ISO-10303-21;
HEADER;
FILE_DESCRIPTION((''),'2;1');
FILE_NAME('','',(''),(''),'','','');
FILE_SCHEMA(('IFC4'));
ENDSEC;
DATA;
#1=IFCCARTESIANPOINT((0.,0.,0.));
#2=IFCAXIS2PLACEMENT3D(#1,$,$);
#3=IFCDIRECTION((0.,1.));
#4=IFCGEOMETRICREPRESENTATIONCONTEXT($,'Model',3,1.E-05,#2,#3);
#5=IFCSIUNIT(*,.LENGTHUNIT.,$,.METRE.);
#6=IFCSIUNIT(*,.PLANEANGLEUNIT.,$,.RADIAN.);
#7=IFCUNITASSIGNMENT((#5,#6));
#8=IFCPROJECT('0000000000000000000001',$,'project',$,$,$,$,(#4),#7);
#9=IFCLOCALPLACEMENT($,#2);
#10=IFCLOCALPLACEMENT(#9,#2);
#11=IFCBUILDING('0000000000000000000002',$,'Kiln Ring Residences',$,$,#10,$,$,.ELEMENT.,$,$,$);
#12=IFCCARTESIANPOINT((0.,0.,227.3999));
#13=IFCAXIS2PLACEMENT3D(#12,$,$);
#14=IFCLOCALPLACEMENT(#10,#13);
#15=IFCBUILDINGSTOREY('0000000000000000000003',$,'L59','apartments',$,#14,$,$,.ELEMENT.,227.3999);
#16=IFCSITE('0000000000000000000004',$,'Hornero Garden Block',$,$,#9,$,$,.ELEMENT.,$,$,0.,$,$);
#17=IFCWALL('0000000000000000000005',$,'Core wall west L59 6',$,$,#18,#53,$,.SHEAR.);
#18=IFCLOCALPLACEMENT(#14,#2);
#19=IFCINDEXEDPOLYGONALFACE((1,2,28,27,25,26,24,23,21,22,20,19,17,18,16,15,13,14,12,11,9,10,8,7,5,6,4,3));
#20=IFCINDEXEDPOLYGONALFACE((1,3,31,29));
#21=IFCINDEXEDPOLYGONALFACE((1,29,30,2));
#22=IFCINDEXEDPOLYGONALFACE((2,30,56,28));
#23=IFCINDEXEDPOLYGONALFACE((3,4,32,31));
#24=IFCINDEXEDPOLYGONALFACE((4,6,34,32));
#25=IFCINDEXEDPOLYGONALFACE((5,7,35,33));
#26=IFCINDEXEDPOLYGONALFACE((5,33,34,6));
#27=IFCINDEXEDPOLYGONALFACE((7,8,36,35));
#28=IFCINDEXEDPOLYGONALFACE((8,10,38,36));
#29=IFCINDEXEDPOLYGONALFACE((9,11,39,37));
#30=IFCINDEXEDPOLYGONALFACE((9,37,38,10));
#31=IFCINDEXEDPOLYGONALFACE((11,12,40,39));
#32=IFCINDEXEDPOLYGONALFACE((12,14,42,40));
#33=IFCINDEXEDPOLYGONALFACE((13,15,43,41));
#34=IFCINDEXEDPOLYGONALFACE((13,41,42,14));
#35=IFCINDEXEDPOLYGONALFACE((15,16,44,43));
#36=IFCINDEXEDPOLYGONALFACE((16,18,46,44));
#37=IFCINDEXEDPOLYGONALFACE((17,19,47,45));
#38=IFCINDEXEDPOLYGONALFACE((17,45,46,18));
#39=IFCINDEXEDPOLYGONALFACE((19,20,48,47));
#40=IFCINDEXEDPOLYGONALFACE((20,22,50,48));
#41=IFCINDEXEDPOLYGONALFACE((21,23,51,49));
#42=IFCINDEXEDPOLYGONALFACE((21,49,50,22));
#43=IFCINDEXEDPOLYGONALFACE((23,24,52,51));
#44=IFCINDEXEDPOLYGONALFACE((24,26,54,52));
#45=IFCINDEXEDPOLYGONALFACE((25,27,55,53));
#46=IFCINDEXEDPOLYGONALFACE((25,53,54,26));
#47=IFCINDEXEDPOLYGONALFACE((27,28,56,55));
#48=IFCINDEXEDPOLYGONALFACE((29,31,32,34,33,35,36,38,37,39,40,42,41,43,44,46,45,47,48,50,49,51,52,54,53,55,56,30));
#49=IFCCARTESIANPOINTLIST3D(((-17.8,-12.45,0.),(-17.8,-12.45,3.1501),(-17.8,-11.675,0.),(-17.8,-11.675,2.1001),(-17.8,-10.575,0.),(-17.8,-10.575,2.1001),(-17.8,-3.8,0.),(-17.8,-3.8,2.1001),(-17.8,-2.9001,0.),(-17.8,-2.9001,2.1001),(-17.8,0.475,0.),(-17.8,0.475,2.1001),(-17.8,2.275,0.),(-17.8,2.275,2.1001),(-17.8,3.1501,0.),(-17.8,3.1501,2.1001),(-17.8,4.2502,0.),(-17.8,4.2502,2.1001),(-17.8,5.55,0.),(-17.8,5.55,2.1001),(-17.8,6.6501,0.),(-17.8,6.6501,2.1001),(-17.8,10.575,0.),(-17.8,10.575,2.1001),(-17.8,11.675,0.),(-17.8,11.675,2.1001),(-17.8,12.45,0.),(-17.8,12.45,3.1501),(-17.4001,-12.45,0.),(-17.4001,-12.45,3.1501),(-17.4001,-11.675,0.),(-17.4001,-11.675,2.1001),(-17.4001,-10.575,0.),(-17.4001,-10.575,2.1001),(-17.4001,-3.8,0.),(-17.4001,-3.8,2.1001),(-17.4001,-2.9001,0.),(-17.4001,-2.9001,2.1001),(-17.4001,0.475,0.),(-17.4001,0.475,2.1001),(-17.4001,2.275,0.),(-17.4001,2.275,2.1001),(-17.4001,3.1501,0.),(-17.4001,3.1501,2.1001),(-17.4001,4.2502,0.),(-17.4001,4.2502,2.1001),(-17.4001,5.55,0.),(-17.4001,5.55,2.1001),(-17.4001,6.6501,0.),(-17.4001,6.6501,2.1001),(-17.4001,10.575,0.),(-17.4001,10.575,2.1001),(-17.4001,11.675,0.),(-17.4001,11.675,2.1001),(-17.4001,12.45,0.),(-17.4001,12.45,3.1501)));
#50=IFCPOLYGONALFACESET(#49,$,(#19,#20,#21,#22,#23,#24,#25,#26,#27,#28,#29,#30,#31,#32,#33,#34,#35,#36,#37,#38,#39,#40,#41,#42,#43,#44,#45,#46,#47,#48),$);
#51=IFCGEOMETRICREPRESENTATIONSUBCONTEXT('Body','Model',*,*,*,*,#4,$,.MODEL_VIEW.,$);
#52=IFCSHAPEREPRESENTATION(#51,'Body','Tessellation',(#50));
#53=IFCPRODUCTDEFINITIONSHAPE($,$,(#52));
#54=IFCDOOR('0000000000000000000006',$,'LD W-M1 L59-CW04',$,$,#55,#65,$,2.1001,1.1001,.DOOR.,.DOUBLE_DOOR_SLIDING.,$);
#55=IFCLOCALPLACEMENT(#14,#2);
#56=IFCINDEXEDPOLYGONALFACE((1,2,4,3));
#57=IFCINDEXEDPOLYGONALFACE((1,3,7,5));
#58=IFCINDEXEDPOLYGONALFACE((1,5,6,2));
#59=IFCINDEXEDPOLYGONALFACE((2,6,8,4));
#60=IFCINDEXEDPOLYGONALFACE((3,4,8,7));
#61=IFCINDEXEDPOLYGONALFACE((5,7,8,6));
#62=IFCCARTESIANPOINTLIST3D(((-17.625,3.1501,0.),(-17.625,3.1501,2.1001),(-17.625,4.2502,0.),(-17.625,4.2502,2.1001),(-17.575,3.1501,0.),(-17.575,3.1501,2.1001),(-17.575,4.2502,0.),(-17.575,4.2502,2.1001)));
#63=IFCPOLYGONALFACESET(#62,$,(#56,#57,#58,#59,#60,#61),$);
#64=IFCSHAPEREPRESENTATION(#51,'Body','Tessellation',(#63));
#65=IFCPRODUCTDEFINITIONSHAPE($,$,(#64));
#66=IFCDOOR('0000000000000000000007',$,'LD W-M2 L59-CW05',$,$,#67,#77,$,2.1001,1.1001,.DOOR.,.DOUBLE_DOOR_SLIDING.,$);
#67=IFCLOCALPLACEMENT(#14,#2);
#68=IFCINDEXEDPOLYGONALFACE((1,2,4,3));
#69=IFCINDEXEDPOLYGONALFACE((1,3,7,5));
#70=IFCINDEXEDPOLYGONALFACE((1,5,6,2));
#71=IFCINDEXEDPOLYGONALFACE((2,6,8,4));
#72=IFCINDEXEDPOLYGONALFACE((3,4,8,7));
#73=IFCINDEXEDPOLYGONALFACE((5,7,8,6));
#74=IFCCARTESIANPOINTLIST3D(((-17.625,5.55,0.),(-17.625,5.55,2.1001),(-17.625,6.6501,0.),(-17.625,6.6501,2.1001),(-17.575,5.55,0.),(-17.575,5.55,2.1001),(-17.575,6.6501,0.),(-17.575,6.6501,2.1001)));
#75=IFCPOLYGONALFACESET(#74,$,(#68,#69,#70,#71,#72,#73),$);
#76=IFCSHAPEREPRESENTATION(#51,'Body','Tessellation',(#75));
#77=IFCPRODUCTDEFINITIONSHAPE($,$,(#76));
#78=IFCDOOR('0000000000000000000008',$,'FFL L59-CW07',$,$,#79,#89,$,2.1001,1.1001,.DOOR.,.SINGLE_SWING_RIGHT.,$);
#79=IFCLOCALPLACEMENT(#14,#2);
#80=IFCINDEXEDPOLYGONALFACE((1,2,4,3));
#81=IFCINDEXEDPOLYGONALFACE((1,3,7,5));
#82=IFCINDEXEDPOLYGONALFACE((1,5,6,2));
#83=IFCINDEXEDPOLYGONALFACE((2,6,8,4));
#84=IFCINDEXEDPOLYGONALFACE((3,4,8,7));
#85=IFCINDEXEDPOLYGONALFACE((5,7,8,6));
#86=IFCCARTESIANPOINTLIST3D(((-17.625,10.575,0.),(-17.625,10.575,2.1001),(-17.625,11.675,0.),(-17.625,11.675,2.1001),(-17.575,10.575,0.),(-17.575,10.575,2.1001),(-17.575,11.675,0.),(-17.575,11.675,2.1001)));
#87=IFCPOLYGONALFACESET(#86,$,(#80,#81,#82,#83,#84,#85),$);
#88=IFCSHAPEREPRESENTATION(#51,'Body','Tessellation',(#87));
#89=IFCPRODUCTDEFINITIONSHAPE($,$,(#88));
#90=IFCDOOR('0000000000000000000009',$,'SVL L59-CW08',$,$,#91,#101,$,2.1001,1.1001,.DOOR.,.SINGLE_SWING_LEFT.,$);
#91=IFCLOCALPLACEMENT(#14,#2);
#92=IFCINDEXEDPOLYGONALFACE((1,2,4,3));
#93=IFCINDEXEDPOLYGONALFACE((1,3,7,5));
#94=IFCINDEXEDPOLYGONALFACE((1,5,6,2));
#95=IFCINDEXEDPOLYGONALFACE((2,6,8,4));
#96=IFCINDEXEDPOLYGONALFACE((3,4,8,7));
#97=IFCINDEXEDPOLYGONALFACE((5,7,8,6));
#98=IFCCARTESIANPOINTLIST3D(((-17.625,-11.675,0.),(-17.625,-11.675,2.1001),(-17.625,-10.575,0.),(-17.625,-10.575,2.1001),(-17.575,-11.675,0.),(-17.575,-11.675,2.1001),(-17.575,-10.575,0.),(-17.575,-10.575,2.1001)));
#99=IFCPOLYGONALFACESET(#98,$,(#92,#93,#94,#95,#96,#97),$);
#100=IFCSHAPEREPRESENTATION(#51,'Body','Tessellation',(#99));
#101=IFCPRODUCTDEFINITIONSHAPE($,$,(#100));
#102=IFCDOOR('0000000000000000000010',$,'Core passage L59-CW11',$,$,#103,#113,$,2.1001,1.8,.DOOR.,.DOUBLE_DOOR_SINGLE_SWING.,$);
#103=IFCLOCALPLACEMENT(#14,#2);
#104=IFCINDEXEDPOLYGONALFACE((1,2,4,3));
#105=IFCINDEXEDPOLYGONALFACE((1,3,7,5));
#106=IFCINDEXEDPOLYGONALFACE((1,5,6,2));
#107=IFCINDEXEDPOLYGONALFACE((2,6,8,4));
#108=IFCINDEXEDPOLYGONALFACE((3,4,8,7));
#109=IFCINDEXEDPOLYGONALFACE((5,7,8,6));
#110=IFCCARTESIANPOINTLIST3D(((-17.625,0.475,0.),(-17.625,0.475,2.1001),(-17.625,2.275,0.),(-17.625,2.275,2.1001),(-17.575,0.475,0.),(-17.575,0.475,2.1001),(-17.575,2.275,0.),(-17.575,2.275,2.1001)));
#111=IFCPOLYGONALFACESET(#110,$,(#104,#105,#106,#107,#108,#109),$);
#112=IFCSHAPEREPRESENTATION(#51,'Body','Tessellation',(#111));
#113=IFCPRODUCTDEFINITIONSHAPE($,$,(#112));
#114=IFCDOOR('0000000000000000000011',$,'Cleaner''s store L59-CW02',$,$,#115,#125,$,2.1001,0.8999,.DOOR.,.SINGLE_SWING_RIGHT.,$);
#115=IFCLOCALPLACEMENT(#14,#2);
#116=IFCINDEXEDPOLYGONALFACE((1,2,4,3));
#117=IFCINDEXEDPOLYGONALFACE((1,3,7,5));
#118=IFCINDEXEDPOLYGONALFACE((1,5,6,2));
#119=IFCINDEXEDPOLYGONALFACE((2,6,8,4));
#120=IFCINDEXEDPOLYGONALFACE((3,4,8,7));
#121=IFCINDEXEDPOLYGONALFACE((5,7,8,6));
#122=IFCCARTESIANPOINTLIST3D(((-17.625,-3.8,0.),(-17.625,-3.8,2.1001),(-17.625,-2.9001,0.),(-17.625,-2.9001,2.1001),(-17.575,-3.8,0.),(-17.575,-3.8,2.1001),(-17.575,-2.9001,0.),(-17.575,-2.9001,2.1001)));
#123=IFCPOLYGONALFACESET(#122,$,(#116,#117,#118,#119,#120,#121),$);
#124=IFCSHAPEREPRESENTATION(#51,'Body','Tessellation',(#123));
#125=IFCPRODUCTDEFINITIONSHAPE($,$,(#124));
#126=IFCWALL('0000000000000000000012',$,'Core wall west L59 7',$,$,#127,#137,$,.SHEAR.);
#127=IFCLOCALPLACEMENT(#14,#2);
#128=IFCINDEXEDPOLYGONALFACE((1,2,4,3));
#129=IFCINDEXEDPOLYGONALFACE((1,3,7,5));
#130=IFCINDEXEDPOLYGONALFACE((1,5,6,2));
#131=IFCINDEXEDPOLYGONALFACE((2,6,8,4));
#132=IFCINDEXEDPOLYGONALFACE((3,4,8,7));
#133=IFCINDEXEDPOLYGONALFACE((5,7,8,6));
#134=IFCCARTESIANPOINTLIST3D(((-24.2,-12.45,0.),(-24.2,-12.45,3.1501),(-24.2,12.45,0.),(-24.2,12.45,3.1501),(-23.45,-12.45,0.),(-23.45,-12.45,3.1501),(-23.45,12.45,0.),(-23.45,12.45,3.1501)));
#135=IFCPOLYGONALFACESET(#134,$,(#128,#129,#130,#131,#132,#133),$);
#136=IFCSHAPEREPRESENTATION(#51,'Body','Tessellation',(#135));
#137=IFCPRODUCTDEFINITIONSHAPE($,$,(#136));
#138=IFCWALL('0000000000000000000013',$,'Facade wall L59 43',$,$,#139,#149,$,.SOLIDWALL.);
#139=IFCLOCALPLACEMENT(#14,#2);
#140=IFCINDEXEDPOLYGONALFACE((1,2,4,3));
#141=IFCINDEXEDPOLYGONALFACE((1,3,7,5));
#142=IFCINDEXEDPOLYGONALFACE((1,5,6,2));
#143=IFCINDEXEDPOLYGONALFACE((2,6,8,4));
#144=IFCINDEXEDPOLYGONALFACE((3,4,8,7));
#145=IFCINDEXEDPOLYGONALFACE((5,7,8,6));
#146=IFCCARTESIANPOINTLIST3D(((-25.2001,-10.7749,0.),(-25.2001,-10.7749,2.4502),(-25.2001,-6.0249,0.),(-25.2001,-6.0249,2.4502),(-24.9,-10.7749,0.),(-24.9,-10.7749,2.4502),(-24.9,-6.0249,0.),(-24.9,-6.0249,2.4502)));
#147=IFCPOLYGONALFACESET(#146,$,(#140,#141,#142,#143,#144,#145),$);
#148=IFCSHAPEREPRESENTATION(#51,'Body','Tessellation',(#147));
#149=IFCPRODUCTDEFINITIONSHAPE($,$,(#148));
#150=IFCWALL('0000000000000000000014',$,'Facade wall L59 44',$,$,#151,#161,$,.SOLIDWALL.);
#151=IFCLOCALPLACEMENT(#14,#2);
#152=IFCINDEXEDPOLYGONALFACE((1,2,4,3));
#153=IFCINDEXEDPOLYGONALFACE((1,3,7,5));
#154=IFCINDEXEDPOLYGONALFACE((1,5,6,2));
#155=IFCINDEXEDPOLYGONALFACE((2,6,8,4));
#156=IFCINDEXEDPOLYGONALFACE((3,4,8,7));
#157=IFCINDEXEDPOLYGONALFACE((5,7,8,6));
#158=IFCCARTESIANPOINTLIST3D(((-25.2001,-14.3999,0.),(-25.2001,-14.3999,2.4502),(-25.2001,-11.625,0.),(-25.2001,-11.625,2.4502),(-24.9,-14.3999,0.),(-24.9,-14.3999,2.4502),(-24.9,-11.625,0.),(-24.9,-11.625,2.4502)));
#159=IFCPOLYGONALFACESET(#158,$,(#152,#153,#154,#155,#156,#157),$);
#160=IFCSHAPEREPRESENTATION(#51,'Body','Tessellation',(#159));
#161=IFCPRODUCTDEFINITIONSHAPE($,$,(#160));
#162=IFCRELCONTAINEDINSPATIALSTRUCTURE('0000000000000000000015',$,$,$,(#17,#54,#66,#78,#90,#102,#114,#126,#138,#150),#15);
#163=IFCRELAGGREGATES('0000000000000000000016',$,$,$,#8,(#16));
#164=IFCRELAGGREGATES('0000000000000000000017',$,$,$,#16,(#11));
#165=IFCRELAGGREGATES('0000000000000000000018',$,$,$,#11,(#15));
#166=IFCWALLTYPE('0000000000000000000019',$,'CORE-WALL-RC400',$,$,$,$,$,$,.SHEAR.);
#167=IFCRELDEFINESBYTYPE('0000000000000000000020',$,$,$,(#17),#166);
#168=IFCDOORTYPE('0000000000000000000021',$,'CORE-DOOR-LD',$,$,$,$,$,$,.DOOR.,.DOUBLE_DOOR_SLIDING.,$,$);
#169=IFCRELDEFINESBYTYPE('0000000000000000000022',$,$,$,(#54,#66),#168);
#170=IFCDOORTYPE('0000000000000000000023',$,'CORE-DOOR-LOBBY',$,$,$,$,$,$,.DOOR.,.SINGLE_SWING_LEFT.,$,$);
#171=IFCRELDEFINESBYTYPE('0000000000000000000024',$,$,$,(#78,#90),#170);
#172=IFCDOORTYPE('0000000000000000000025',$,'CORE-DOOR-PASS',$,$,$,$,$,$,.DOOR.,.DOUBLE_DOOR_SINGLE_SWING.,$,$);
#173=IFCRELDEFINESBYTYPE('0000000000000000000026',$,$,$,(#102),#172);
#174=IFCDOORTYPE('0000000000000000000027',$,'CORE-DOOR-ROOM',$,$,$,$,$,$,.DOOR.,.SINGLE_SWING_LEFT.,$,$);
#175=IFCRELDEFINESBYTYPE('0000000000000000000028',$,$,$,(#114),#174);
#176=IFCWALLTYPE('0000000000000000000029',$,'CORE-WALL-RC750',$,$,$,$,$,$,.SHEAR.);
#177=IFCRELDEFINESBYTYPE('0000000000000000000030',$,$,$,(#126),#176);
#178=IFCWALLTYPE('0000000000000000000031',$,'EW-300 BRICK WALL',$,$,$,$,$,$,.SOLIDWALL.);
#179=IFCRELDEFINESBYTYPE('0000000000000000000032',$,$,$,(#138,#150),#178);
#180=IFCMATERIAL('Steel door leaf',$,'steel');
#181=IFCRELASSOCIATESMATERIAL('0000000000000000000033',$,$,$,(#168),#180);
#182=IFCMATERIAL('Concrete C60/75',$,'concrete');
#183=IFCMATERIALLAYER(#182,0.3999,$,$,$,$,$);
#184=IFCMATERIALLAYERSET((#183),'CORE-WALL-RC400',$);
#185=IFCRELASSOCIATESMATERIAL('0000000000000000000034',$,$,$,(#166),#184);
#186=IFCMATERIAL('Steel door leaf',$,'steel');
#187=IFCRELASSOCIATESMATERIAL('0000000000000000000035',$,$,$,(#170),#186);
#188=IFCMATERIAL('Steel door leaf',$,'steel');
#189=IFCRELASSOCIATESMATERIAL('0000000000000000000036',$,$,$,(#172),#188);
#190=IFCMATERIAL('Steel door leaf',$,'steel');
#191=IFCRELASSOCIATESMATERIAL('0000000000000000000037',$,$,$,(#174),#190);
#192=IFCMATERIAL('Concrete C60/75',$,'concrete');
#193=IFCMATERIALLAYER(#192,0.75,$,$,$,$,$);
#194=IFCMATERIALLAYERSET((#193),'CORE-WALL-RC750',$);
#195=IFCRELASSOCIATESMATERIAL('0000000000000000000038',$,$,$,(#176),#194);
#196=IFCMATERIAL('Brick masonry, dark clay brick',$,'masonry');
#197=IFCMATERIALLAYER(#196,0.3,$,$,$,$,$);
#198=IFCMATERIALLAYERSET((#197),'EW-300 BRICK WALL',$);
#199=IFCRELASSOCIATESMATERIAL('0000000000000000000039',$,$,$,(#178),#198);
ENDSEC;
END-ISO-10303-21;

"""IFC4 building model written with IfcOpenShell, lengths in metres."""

from ifc_helpers import new_model, si_unit, direction, frame, frame_2d, origin, place, context, subcontext, project, spatial, rectangle, extrude, material, layer, layer_set, type_object, element, fill, save


model = new_model("IFC4")

# Units and contexts
model_context = context("Model", 3, precision=1e-05, world=origin(), true_north=direction((0.0, 1.0)))
body_context = subcontext(model_context, "Body", "Model", "MODEL_VIEW")
ifc_project = project(units=[si_unit("LENGTHUNIT", "METRE"), si_unit("PLANEANGLEUNIT", "RADIAN")], contexts=[model_context])

# Site, building, storey
site_placement = place(None, origin())
site = spatial("IfcSite", under=ifc_project, at=site_placement, Name="Hornero Garden Block", CompositionType="ELEMENT", RefElevation=0.0)
building_placement = place(site_placement, origin())
building = spatial("IfcBuilding", under=site, at=building_placement, Name="Kiln Ring Residences", CompositionType="ELEMENT")
storey_placement = place(building_placement, frame((0.0, 0.0, 227.3999)))
storey = spatial("IfcBuildingStorey", under=building, at=storey_placement, Name="L59", Description="apartments", CompositionType="ELEMENT", Elevation=227.3999)

# Wall, openings, doors
ifc_material_1 = material(Name="Steel door leaf", Category="steel")
door_type_1 = type_object("IfcDoorType", Name="CORE-DOOR-LD", OperationType="DOUBLE_DOOR_SLIDING", PredefinedType="DOOR", material=ifc_material_1)
ifc_material_2 = material(Name="Concrete C60/75", Category="concrete")
ifc_layer_1 = layer(ifc_material_2, 0.3999)
ifc_layer_set_1 = layer_set([ifc_layer_1], Name="CORE-WALL-RC400")
wall_type_1 = type_object("IfcWallType", Name="CORE-WALL-RC400", PredefinedType="SHEAR", material=ifc_layer_set_1)
wall_1_placement = place(storey_placement, frame((-17.6001, -12.45, 0.0), z_axis=(0.0, 0.0, 1.0), x_axis=(0.0, 1.0, 0.0)))
wall_1 = element("IfcWall", 1, at=wall_1_placement, inside=storey, type_object=wall_type_1, Name="Core wall west L59 6", PredefinedType="SHEAR", context=body_context, shape_type="SweptSolid", body=[
    extrude(rectangle(XDim=24.8999, YDim=0.3999, at=frame_2d((12.45, 0.0))), origin(), (0.0, 0.0, 1.0), 3.1501),
])
opening_1_placement = place(wall_1_placement, frame((8.6499, 0.0, 0.0)))
opening_1 = element("IfcOpeningElement", 2, at=opening_1_placement, cuts=wall_1, PredefinedType="OPENING", context=body_context, shape_type="SweptSolid", body=[
    extrude(rectangle(XDim=0.8999, YDim=2.1001, at=frame_2d((0.45, 1.05))), frame((0.0, 0.21, 0.0), z_axis=(0.0, -1.0, 0.0), x_axis=(1.0, 0.0, 0.0)), (0.0, 0.0, 1.0), 0.4199),
])
opening_2_placement = place(wall_1_placement, frame((15.6001, 0.0, 0.0)))
opening_2 = element("IfcOpeningElement", 3, at=opening_2_placement, cuts=wall_1, PredefinedType="OPENING", context=body_context, shape_type="SweptSolid", body=[
    extrude(rectangle(XDim=1.1001, YDim=2.1001, at=frame_2d((0.55, 1.05))), frame((0.0, 0.21, 0.0), z_axis=(0.0, -1.0, 0.0), x_axis=(1.0, 0.0, 0.0)), (0.0, 0.0, 1.0), 0.4199),
])
opening_3_placement = place(wall_1_placement, frame((18.0, 0.0, 0.0)))
opening_3 = element("IfcOpeningElement", 4, at=opening_3_placement, cuts=wall_1, PredefinedType="OPENING", context=body_context, shape_type="SweptSolid", body=[
    extrude(rectangle(XDim=1.1001, YDim=2.1001, at=frame_2d((0.55, 1.05))), frame((0.0, 0.21, 0.0), z_axis=(0.0, -1.0, 0.0), x_axis=(1.0, 0.0, 0.0)), (0.0, 0.0, 1.0), 0.4199),
])
opening_4_placement = place(wall_1_placement, frame((23.0249, 0.0, 0.0)))
opening_4 = element("IfcOpeningElement", 5, at=opening_4_placement, cuts=wall_1, PredefinedType="OPENING", context=body_context, shape_type="SweptSolid", body=[
    extrude(rectangle(XDim=1.1001, YDim=2.1001, at=frame_2d((0.55, 1.05))), frame((0.0, 0.21, 0.0), z_axis=(0.0, -1.0, 0.0), x_axis=(1.0, 0.0, 0.0)), (0.0, 0.0, 1.0), 0.4199),
])
opening_5_placement = place(wall_1_placement, frame((0.7749, 0.0, 0.0)))
opening_5 = element("IfcOpeningElement", 6, at=opening_5_placement, cuts=wall_1, PredefinedType="OPENING", context=body_context, shape_type="SweptSolid", body=[
    extrude(rectangle(XDim=1.1001, YDim=2.1001, at=frame_2d((0.55, 1.05))), frame((0.0, 0.21, 0.0), z_axis=(0.0, -1.0, 0.0), x_axis=(1.0, 0.0, 0.0)), (0.0, 0.0, 1.0), 0.4199),
])
opening_6_placement = place(wall_1_placement, frame((12.925, 0.0, 0.0)))
opening_6 = element("IfcOpeningElement", 7, at=opening_6_placement, cuts=wall_1, PredefinedType="OPENING", context=body_context, shape_type="SweptSolid", body=[
    extrude(rectangle(XDim=1.8, YDim=2.1001, at=frame_2d((0.8999, 1.05))), frame((0.0, 0.21, 0.0), z_axis=(0.0, -1.0, 0.0), x_axis=(1.0, 0.0, 0.0)), (0.0, 0.0, 1.0), 0.4199),
])
door_1_placement = place(opening_2_placement, origin())
door_1 = element("IfcDoor", 8, at=door_1_placement, inside=storey, type_object=door_type_1, Name="LD W-M1 L59-CW04", OperationType="DOUBLE_DOOR_SLIDING", OverallHeight=2.1001, OverallWidth=1.1001, PredefinedType="DOOR", context=body_context, shape_type="SweptSolid", body=[
    extrude(rectangle(XDim=1.1001, YDim=2.1001, at=frame_2d((0.55, 1.05))), frame((0.0, 0.0249, 0.0), z_axis=(0.0, -1.0, 0.0), x_axis=(1.0, 0.0, 0.0)), (0.0, 0.0, 1.0), 0.05),
])
fill(opening_2, door_1)
door_2_placement = place(opening_3_placement, origin())
door_2 = element("IfcDoor", 9, at=door_2_placement, inside=storey, type_object=door_type_1, Name="LD W-M2 L59-CW05", OperationType="DOUBLE_DOOR_SLIDING", OverallHeight=2.1001, OverallWidth=1.1001, PredefinedType="DOOR", context=body_context, shape_type="SweptSolid", body=[
    extrude(rectangle(XDim=1.1001, YDim=2.1001, at=frame_2d((0.55, 1.05))), frame((0.0, 0.0249, 0.0), z_axis=(0.0, -1.0, 0.0), x_axis=(1.0, 0.0, 0.0)), (0.0, 0.0, 1.0), 0.05),
])
fill(opening_3, door_2)
ifc_material_3 = material(Name="Steel door leaf", Category="steel")
door_type_2 = type_object("IfcDoorType", Name="CORE-DOOR-LOBBY", OperationType="SINGLE_SWING_LEFT", PredefinedType="DOOR", material=ifc_material_3)
door_3_placement = place(opening_4_placement, origin())
door_3 = element("IfcDoor", 10, at=door_3_placement, inside=storey, type_object=door_type_2, Name="FFL L59-CW07", OperationType="SINGLE_SWING_RIGHT", OverallHeight=2.1001, OverallWidth=1.1001, PredefinedType="DOOR", context=body_context, shape_type="SweptSolid", body=[
    extrude(rectangle(XDim=1.1001, YDim=2.1001, at=frame_2d((0.55, 1.05))), frame((0.0, 0.0249, 0.0), z_axis=(0.0, -1.0, 0.0), x_axis=(1.0, 0.0, 0.0)), (0.0, 0.0, 1.0), 0.05),
])
fill(opening_4, door_3)
door_4_placement = place(opening_5_placement, origin())
door_4 = element("IfcDoor", 11, at=door_4_placement, inside=storey, type_object=door_type_2, Name="SVL L59-CW08", OperationType="SINGLE_SWING_LEFT", OverallHeight=2.1001, OverallWidth=1.1001, PredefinedType="DOOR", context=body_context, shape_type="SweptSolid", body=[
    extrude(rectangle(XDim=1.1001, YDim=2.1001, at=frame_2d((0.55, 1.05))), frame((0.0, 0.0249, 0.0), z_axis=(0.0, -1.0, 0.0), x_axis=(1.0, 0.0, 0.0)), (0.0, 0.0, 1.0), 0.05),
])
fill(opening_5, door_4)
ifc_material_4 = material(Name="Steel door leaf", Category="steel")
door_type_3 = type_object("IfcDoorType", Name="CORE-DOOR-PASS", OperationType="DOUBLE_DOOR_SINGLE_SWING", PredefinedType="DOOR", material=ifc_material_4)
door_5_placement = place(opening_6_placement, origin())
door_5 = element("IfcDoor", 12, at=door_5_placement, inside=storey, type_object=door_type_3, Name="Core passage L59-CW11", OperationType="DOUBLE_DOOR_SINGLE_SWING", OverallHeight=2.1001, OverallWidth=1.8, PredefinedType="DOOR", context=body_context, shape_type="SweptSolid", body=[
    extrude(rectangle(XDim=1.8, YDim=2.1001, at=frame_2d((0.8999, 1.05))), frame((0.0, 0.0249, 0.0), z_axis=(0.0, -1.0, 0.0), x_axis=(1.0, 0.0, 0.0)), (0.0, 0.0, 1.0), 0.05),
])
fill(opening_6, door_5)
ifc_material_5 = material(Name="Steel door leaf", Category="steel")
door_type_4 = type_object("IfcDoorType", Name="CORE-DOOR-ROOM", OperationType="SINGLE_SWING_LEFT", PredefinedType="DOOR", material=ifc_material_5)
door_6_placement = place(opening_1_placement, origin())
door_6 = element("IfcDoor", 13, at=door_6_placement, inside=storey, type_object=door_type_4, Name="Cleaner's store L59-CW02", OperationType="SINGLE_SWING_RIGHT", OverallHeight=2.1001, OverallWidth=0.8999, PredefinedType="DOOR", context=body_context, shape_type="SweptSolid", body=[
    extrude(rectangle(XDim=0.8999, YDim=2.1001, at=frame_2d((0.45, 1.05))), frame((0.0, 0.0249, 0.0), z_axis=(0.0, -1.0, 0.0), x_axis=(1.0, 0.0, 0.0)), (0.0, 0.0, 1.0), 0.05),
])
fill(opening_1, door_6)

# Walls
ifc_material_6 = material(Name="Concrete C60/75", Category="concrete")
ifc_layer_2 = layer(ifc_material_6, 0.75)
ifc_layer_set_2 = layer_set([ifc_layer_2], Name="CORE-WALL-RC750")
wall_type_2 = type_object("IfcWallType", Name="CORE-WALL-RC750", PredefinedType="SHEAR", material=ifc_layer_set_2)
wall_2_placement = place(storey_placement, frame((-23.825, -12.45, 0.0), z_axis=(0.0, 0.0, 1.0), x_axis=(0.0, 1.0, 0.0)))
element("IfcWall", 14, at=wall_2_placement, inside=storey, type_object=wall_type_2, Name="Core wall west L59 7", PredefinedType="SHEAR", context=body_context, shape_type="SweptSolid", body=[
    extrude(rectangle(XDim=24.8999, YDim=0.75, at=frame_2d((12.45, 0.0))), origin(), (0.0, 0.0, 1.0), 3.1501),
])
ifc_material_7 = material(Name="Brick masonry, dark clay brick", Category="masonry")
ifc_layer_3 = layer(ifc_material_7, 0.3)
ifc_layer_set_3 = layer_set([ifc_layer_3], Name="EW-300 BRICK WALL")
wall_type_3 = type_object("IfcWallType", Name="EW-300 BRICK WALL", PredefinedType="SOLIDWALL", material=ifc_layer_set_3)
wall_3_placement = place(storey_placement, frame((-25.05, -6.0249, 0.0), z_axis=(0.0, 0.0, 1.0), x_axis=(0.0, -1.0, 0.0)))
element("IfcWall", 15, at=wall_3_placement, inside=storey, type_object=wall_type_3, Name="Facade wall L59 43", PredefinedType="SOLIDWALL", context=body_context, shape_type="SweptSolid", body=[
    extrude(rectangle(XDim=4.75, YDim=0.3, at=frame_2d((2.375, 0.0))), origin(), (0.0, 0.0, 1.0), 2.4502),
])
wall_4_placement = place(storey_placement, frame((-25.05, -11.625, 0.0), z_axis=(0.0, 0.0, 1.0), x_axis=(0.0, -1.0, 0.0)))
element("IfcWall", 16, at=wall_4_placement, inside=storey, type_object=wall_type_3, Name="Facade wall L59 44", PredefinedType="SOLIDWALL", context=body_context, shape_type="SweptSolid", body=[
    extrude(rectangle(XDim=2.7749, YDim=0.3, at=frame_2d((1.3875, 0.0))), origin(), (0.0, 0.0, 1.0), 2.4502),
])

save(model, "model.ifc")
